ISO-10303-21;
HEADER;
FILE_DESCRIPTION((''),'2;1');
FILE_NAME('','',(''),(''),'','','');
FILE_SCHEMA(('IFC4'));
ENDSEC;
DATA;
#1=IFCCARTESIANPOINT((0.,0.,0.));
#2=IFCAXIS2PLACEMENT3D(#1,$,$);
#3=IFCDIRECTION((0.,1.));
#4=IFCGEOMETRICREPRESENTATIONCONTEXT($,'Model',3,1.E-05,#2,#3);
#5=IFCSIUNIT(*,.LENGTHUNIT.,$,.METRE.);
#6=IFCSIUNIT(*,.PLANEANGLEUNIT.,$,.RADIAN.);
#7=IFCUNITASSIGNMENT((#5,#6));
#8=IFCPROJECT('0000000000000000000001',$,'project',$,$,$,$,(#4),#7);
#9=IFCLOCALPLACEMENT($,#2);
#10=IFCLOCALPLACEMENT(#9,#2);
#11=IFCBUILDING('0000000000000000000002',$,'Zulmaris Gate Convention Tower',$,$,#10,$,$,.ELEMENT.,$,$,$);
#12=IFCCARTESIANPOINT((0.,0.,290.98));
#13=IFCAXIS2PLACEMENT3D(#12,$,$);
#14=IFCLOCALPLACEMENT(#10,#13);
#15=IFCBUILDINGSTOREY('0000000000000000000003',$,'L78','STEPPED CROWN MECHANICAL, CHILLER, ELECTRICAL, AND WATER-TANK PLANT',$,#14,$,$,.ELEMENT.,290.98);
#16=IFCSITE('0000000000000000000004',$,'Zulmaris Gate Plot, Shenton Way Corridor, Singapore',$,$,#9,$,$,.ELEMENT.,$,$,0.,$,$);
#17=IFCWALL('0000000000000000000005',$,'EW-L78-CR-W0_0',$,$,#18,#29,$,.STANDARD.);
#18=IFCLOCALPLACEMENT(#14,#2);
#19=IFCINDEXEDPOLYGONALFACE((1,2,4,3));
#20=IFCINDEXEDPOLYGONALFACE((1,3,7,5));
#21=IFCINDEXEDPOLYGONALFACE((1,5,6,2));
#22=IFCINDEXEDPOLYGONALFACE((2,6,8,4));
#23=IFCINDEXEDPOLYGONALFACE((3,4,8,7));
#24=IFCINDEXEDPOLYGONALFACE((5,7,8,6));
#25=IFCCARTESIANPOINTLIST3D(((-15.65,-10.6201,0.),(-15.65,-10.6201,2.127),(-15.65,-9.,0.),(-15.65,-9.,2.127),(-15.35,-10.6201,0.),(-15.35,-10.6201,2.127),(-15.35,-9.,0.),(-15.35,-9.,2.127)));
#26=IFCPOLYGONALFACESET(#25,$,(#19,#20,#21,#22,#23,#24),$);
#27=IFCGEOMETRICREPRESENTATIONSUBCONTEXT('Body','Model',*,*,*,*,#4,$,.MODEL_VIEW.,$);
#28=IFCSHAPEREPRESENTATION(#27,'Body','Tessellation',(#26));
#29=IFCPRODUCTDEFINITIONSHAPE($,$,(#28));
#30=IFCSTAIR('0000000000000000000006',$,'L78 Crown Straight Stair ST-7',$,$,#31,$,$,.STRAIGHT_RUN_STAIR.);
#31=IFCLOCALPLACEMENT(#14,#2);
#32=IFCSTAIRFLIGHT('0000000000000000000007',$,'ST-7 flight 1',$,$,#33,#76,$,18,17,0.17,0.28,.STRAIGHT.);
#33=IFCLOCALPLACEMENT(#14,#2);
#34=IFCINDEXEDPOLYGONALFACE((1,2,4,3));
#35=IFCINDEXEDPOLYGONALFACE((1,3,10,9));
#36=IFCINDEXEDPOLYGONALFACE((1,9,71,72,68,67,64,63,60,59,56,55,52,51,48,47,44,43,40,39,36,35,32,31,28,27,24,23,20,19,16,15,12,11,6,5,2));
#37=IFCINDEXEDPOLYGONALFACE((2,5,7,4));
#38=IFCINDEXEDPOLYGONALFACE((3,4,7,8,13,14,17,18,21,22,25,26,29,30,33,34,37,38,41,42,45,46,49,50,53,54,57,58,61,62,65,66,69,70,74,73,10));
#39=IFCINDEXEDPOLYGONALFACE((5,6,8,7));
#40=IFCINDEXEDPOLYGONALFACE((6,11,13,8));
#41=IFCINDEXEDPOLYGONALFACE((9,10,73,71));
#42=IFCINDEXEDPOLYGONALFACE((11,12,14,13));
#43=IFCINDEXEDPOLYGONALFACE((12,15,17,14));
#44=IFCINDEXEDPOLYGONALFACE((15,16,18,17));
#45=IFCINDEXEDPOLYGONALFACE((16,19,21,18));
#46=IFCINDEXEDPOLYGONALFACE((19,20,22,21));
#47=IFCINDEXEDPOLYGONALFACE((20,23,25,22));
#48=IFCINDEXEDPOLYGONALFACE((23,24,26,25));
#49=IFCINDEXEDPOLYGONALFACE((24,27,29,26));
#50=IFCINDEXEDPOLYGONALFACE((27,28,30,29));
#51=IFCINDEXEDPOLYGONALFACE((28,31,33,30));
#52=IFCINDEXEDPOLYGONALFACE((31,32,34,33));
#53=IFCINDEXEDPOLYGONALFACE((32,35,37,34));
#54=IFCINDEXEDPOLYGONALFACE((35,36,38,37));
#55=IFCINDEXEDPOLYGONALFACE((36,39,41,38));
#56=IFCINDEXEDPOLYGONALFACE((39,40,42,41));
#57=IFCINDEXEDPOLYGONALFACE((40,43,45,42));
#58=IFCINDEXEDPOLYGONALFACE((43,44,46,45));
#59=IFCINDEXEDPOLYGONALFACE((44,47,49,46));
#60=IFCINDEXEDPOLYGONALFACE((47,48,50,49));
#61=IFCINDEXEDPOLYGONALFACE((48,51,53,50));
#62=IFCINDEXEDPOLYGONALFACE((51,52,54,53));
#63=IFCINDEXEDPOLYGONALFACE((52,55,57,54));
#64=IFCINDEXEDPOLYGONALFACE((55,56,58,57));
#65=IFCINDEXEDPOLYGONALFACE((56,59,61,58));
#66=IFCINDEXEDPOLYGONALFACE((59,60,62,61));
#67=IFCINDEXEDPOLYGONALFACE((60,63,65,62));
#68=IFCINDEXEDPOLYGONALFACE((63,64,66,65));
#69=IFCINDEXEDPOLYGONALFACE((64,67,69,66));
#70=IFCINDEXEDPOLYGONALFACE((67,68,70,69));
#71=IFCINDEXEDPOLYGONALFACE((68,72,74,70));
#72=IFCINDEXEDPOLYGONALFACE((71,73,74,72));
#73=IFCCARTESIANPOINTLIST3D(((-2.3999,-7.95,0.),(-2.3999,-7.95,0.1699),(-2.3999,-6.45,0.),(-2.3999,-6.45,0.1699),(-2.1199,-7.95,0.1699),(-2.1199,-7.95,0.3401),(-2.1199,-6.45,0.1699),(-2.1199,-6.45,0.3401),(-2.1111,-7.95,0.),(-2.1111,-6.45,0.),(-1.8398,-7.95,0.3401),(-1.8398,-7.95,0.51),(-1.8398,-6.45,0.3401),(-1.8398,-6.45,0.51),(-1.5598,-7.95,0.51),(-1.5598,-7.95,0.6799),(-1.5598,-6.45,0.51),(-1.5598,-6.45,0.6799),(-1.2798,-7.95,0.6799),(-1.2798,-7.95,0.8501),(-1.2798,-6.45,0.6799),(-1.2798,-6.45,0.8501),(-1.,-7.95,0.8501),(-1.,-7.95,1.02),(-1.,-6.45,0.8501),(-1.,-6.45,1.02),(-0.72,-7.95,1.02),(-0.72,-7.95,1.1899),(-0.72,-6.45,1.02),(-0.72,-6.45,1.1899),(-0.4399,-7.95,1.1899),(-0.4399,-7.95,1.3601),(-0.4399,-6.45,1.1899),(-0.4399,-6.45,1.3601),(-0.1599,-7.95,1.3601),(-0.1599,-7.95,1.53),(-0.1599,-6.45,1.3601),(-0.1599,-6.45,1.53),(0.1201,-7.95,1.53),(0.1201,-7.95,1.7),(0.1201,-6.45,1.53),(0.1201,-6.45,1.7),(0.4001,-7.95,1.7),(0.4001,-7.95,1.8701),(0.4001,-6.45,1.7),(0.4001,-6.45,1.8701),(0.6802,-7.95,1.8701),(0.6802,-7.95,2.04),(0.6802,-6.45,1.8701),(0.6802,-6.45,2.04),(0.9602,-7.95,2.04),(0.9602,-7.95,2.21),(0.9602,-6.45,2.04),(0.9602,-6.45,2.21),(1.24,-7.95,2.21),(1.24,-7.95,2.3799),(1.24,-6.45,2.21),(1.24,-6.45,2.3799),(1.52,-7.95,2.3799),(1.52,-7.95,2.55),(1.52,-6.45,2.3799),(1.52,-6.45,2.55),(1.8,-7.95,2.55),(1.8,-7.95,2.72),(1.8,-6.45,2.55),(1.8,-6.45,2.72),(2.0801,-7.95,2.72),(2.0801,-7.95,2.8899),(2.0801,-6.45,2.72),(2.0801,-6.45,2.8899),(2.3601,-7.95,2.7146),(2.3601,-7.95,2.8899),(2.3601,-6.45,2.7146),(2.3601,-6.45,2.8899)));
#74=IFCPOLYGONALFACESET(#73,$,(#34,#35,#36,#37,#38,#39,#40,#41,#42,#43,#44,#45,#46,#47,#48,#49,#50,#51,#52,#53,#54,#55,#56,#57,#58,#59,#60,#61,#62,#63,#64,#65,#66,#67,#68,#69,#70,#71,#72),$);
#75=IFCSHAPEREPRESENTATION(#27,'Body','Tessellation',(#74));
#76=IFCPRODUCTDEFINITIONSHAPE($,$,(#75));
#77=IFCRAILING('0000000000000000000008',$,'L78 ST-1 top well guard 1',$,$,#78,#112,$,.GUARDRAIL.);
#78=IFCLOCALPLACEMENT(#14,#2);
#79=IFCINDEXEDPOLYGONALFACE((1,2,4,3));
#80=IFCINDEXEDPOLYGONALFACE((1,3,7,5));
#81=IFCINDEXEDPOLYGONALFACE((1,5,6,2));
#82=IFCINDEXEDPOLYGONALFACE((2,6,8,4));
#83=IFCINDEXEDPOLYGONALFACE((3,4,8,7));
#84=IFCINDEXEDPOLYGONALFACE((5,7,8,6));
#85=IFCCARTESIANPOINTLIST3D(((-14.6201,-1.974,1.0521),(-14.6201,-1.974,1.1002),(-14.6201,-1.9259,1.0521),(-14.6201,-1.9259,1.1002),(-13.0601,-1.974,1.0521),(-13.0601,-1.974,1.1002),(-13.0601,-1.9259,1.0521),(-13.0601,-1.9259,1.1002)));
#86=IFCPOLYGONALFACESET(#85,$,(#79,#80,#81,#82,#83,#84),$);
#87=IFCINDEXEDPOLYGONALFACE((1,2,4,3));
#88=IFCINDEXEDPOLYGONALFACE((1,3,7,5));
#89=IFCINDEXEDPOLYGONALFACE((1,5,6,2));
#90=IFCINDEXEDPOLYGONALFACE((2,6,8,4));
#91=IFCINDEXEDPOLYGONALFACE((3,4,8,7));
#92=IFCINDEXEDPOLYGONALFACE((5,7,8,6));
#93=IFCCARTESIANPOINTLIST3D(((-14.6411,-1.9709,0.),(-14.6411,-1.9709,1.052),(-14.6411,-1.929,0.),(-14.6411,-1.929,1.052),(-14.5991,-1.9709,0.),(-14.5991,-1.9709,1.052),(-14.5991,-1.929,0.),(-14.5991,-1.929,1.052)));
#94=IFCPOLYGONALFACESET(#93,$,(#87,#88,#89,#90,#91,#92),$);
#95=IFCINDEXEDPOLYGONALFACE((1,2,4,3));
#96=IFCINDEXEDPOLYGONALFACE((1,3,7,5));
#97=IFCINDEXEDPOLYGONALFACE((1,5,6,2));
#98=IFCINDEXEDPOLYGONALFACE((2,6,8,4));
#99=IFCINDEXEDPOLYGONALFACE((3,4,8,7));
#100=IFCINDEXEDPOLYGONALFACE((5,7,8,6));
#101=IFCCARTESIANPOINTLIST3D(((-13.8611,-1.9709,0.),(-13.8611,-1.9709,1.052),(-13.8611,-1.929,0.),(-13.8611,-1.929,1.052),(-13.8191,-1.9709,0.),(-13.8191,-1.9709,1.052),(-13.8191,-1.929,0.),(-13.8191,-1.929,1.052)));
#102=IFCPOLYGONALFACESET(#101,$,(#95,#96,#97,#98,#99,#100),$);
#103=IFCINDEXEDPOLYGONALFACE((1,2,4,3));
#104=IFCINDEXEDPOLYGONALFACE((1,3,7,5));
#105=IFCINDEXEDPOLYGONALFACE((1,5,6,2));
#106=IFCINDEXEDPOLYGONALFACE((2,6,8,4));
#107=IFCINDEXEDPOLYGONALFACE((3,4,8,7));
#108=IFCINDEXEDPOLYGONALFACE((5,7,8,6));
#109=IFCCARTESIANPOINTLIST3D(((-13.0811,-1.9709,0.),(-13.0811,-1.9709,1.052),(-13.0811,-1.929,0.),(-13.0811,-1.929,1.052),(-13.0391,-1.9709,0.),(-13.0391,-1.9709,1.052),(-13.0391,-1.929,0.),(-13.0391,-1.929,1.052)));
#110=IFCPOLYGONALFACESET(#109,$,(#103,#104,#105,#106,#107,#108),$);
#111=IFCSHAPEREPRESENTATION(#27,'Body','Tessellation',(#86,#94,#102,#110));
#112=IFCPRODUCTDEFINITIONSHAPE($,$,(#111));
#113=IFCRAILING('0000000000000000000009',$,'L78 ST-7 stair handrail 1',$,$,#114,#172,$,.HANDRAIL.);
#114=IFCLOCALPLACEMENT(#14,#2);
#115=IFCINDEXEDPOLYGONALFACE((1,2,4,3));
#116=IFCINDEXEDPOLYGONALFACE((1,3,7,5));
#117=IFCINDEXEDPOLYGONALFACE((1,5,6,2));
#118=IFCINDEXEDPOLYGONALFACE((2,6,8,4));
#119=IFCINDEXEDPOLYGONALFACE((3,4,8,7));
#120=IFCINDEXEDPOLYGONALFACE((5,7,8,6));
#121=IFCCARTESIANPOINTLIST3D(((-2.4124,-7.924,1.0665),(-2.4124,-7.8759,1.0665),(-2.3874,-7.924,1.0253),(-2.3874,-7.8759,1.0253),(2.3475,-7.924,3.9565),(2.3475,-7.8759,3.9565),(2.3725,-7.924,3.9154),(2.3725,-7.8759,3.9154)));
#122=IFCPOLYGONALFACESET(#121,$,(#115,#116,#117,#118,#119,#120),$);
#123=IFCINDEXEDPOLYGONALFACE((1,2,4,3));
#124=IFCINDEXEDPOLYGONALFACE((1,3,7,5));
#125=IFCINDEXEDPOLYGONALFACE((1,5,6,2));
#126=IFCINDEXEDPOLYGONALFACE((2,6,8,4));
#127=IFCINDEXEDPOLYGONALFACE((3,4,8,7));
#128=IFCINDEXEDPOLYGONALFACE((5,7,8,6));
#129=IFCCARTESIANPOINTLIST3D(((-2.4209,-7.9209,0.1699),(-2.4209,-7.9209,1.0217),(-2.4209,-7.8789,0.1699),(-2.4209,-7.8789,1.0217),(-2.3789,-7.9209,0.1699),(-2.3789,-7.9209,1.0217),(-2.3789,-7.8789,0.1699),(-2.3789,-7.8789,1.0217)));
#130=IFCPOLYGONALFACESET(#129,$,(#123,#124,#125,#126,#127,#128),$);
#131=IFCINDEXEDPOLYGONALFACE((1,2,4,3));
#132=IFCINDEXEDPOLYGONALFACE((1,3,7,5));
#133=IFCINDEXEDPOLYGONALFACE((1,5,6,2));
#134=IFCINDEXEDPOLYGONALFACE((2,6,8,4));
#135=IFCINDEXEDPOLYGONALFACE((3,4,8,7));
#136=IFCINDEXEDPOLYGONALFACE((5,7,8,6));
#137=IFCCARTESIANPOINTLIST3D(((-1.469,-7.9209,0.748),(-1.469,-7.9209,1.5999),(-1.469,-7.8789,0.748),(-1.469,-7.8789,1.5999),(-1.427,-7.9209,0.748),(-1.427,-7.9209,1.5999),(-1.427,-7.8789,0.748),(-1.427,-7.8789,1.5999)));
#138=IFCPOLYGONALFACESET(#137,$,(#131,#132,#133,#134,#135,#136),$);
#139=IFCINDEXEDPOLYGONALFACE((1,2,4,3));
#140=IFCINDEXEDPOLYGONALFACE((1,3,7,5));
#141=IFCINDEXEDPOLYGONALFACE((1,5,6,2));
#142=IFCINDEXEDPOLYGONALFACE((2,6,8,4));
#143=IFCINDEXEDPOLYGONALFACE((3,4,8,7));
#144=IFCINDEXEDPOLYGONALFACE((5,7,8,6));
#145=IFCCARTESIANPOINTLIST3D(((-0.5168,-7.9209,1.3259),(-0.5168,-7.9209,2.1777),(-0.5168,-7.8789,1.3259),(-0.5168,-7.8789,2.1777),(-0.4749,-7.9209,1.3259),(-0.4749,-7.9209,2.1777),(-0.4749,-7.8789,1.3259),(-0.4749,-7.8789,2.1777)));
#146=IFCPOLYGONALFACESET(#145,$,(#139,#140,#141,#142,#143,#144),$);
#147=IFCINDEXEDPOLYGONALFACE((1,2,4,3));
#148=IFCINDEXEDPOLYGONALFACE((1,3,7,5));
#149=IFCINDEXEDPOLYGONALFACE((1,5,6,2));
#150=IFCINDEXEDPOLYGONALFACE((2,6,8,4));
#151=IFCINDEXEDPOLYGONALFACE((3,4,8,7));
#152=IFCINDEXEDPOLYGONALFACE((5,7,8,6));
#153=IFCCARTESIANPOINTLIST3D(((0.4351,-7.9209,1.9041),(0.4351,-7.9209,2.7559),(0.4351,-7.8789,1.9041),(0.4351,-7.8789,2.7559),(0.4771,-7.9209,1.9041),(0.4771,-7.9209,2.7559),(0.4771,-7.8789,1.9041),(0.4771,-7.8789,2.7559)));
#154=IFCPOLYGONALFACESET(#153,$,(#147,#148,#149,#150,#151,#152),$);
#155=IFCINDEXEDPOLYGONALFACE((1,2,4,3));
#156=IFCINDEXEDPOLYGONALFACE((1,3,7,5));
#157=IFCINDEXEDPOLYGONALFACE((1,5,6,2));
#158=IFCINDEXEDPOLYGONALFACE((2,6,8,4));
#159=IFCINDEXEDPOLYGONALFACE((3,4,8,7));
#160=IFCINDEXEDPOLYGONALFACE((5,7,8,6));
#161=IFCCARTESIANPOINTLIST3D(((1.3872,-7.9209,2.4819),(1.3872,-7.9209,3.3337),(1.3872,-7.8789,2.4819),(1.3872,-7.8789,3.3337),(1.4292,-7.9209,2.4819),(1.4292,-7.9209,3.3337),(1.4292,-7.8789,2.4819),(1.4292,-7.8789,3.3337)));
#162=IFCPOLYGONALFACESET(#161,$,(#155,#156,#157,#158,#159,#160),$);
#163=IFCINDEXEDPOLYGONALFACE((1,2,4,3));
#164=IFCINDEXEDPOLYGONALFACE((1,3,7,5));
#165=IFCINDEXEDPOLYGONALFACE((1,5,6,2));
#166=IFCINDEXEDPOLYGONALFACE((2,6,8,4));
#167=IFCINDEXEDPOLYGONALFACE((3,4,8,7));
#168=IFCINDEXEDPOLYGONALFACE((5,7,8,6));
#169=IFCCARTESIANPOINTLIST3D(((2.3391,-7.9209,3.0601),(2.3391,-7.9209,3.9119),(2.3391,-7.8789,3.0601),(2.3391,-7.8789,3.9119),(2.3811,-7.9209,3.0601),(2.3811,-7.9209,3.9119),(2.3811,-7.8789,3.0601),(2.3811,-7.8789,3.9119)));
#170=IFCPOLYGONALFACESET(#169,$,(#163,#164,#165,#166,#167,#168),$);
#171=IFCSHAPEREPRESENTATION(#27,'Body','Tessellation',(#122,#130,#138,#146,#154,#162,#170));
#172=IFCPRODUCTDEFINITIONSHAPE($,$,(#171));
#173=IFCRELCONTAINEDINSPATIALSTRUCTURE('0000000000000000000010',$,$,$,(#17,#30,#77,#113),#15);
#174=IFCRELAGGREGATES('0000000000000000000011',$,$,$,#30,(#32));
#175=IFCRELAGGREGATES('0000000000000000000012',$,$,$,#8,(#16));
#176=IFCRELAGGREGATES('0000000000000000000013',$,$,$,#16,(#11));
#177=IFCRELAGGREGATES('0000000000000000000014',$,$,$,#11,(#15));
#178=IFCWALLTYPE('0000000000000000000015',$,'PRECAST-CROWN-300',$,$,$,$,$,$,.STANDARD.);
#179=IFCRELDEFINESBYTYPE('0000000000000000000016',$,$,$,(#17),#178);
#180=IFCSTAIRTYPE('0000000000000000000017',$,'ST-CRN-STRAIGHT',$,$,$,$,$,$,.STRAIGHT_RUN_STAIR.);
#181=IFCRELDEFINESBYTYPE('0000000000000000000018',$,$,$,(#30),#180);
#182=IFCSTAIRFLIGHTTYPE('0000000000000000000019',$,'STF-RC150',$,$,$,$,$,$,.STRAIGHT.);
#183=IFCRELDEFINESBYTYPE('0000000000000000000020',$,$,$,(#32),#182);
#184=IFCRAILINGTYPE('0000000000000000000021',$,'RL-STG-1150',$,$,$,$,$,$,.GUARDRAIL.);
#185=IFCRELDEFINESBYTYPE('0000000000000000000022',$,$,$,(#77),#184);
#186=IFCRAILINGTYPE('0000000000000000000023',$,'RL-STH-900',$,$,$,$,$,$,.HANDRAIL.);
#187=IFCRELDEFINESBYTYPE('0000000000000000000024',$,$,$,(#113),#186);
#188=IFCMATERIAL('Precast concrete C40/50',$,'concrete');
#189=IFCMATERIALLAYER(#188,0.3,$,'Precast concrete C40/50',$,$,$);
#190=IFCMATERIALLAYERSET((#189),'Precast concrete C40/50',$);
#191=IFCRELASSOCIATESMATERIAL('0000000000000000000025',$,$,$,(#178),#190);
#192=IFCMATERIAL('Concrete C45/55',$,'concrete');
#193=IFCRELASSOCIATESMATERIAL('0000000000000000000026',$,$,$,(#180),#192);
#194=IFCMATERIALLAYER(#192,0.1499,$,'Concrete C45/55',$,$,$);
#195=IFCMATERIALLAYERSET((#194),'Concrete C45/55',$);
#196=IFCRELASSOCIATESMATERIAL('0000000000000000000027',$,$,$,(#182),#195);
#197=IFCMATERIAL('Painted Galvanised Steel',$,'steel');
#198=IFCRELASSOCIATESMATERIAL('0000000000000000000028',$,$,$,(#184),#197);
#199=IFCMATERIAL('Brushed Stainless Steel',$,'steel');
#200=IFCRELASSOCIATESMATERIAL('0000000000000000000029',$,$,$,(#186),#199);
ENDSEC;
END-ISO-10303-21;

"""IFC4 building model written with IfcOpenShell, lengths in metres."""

from ifc_helpers import new_model, si_unit, direction, frame, frame_2d, origin, origin_2d, place, context, subcontext, project, spatial, polyline, rectangle, outline, extrude, material, layer, layer_set, type_object, element, aggregate, save


model = new_model("IFC4")

# Units and contexts
model_context = context("Model", 3, precision=1e-05, world=origin(), true_north=direction((0.0, 1.0)))
body_context = subcontext(model_context, "Body", "Model", "MODEL_VIEW")
ifc_project = project(units=[si_unit("LENGTHUNIT", "METRE"), si_unit("PLANEANGLEUNIT", "RADIAN")], contexts=[model_context])

# Site, building, storey
site_placement = place(None, origin())
site = spatial("IfcSite", under=ifc_project, at=site_placement, Name="Zulmaris Gate Plot, Shenton Way Corridor, Singapore", CompositionType="ELEMENT", RefElevation=0.0)
building_placement = place(site_placement, origin())
building = spatial("IfcBuilding", under=site, at=building_placement, Name="Zulmaris Gate Convention Tower", CompositionType="ELEMENT")
storey_placement = place(building_placement, frame((0.0, 0.0, 290.98)))
storey = spatial("IfcBuildingStorey", under=building, at=storey_placement, Name="L78", Description="STEPPED CROWN MECHANICAL, CHILLER, ELECTRICAL, AND WATER-TANK PLANT", CompositionType="ELEMENT", Elevation=290.98)

# Wall
ifc_material_1 = material(Name="Precast concrete C40/50", Category="concrete")
ifc_layer_1 = layer(ifc_material_1, 0.3, Name="Precast concrete C40/50")
ifc_layer_set_1 = layer_set([ifc_layer_1], Name="Precast concrete C40/50")
wall_type_1 = type_object("IfcWallType", Name="PRECAST-CROWN-300", PredefinedType="STANDARD", material=ifc_layer_set_1)
wall_1_placement = place(storey_placement, frame((-15.5, -9.0, 0.0), z_axis=(0.0, 0.0, 1.0), x_axis=(0.0, -1.0, 0.0)))
element("IfcWall", 1, at=wall_1_placement, inside=storey, type_object=wall_type_1, Name="EW-L78-CR-W0_0", PredefinedType="STANDARD", context=body_context, shape_type="SweptSolid", body=[
    extrude(rectangle(XDim=1.6201, YDim=0.3, at=frame_2d((0.8101, 0.0))), origin(), (0.0, 0.0, 1.0), 2.127),
])

# Stair, stair flight
ifc_material_2 = material(Name="Concrete C45/55", Category="concrete")
stair_type = type_object("IfcStairType", Name="ST-CRN-STRAIGHT", PredefinedType="STRAIGHT_RUN_STAIR", material=ifc_material_2)
stair_placement = place(storey_placement, origin())
stair = element("IfcStair", 2, at=stair_placement, inside=storey, type_object=stair_type, Name="L78 Crown Straight Stair ST-7", PredefinedType="STRAIGHT_RUN_STAIR")
ifc_layer_2 = layer(ifc_material_2, 0.1499, Name="Concrete C45/55")
ifc_layer_set_2 = layer_set([ifc_layer_2], Name="Concrete C45/55")
stair_flight_type = type_object("IfcStairFlightType", Name="STF-RC150", PredefinedType="STRAIGHT", material=ifc_layer_set_2)
stair_flight_placement = place(storey_placement, frame((-2.3999, -7.2, 0.0), z_axis=(0.0, 0.0, 1.0), x_axis=(1.0, 0.0, 0.0)))
stair_flight = element("IfcStairFlight", 3, at=stair_flight_placement, type_object=stair_flight_type, Name="ST-7 flight 1", NumberOfRisers=18, NumberOfTreads=17, PredefinedType="STRAIGHT", RiserHeight=0.17, TreadLength=0.28, context=body_context, shape_type="SweptSolid", body=[
    extrude(outline(polyline([(0.0, 0.0), (0.0, 0.1699), (0.28, 0.1699), (0.28, 0.3401), (0.5601, 0.3401), (0.5601, 0.51), (0.8401, 0.51), (0.8401, 0.6799), (1.1201, 0.6799), (1.1201, 0.8501), (1.3999, 0.8501), (1.3999, 1.02), (1.6799, 1.02), (1.6799, 1.1899), (1.96, 1.1899), (1.96, 1.3601), (2.24, 1.3601), (2.24, 1.53), (2.52, 1.53), (2.52, 1.7), (2.8, 1.7), (2.8, 1.8701), (3.0801, 1.8701), (3.0801, 2.04), (3.3601, 2.04), (3.3601, 2.21), (3.6399, 2.21), (3.6399, 2.3799), (3.9199, 2.3799), (3.9199, 2.55), (4.2, 2.55), (4.2, 2.72), (4.48, 2.72), (4.48, 2.8899), (4.76, 2.8899), (4.76, 3.0601), (4.76, 2.7146), (0.2888, 0.0), (0.0, 0.0)])), frame((0.0, 0.75, 0.0), z_axis=(0.0, -1.0, 0.0), x_axis=(1.0, 0.0, 0.0)), (0.0, 0.0, 1.0), 1.5),
])
aggregate(stair, [stair_flight])

# Railings
ifc_material_3 = material(Name="Painted Galvanised Steel", Category="steel")
railing_type_1 = type_object("IfcRailingType", Name="RL-STG-1150", PredefinedType="GUARDRAIL", material=ifc_material_3)
railing_placement = place(storey_placement, frame((-14.6201, -1.95, 0.0)))
element("IfcRailing", 4, at=railing_placement, inside=storey, type_object=railing_type_1, Name="L78 ST-1 top well guard 1", PredefinedType="GUARDRAIL", context=body_context, shape_type="SweptSolid", body=[
    extrude(rectangle(XDim=0.0481, YDim=0.0481, at=origin_2d()), frame((0.0, 0.0, 1.0762), z_axis=(1.0, 0.0, 0.0), x_axis=(0.0, 1.0, 0.0)), (0.0, 0.0, 1.0), 1.5601),
    extrude(rectangle(XDim=0.042, YDim=0.042, at=origin_2d()), origin(), (0.0, 0.0, 1.0), 1.052),
    extrude(rectangle(XDim=0.042, YDim=0.042, at=origin_2d()), frame((0.78, 0.0, 0.0)), (0.0, 0.0, 1.0), 1.052),
    extrude(rectangle(XDim=0.042, YDim=0.042, at=origin_2d()), frame((1.5601, 0.0, 0.0)), (0.0, 0.0, 1.0), 1.052),
])
ifc_material_4 = material(Name="Brushed Stainless Steel", Category="steel")
railing_type_2 = type_object("IfcRailingType", Name="RL-STH-900", PredefinedType="HANDRAIL", material=ifc_material_4)
for number, where, name in (
    (5, (-2.3999, -7.8999, 0.1699), "L78 ST-7 stair handrail 1"),
):
    element("IfcRailing", number, at=place(storey_placement, frame(where)), inside=storey, type_object=railing_type_2, Name=name, PredefinedType="HANDRAIL", context=body_context, shape_type="SweptSolid", body=[
        extrude(rectangle(XDim=0.0481, YDim=0.0481, at=origin_2d()), frame((0.0, 0.0, 0.876), z_axis=(0.854777, 0.0, 0.518995), x_axis=(0.0, 1.0, 0.0)), (0.0, 0.0, 1.0), 5.5686),
        extrude(rectangle(XDim=0.042, YDim=0.042, at=origin_2d()), origin(), (0.0, 0.0, 1.0), 0.8518),
        extrude(rectangle(XDim=0.042, YDim=0.042, at=origin_2d()), frame((0.9519, 0.0, 0.5781)), (0.0, 0.0, 1.0), 0.8518),
        extrude(rectangle(XDim=0.042, YDim=0.042, at=origin_2d()), frame((1.9041, 0.0, 1.156)), (0.0, 0.0, 1.0), 0.8518),
        extrude(rectangle(XDim=0.042, YDim=0.042, at=origin_2d()), frame((2.856, 0.0, 1.7341)), (0.0, 0.0, 1.0), 0.8518),
        extrude(rectangle(XDim=0.042, YDim=0.042, at=origin_2d()), frame((3.8081, 0.0, 2.312)), (0.0, 0.0, 1.0), 0.8518),
        extrude(rectangle(XDim=0.042, YDim=0.042, at=origin_2d()), frame((4.76, 0.0, 2.8901)), (0.0, 0.0, 1.0), 0.8518),
    ])

save(model, "model.ifc")
